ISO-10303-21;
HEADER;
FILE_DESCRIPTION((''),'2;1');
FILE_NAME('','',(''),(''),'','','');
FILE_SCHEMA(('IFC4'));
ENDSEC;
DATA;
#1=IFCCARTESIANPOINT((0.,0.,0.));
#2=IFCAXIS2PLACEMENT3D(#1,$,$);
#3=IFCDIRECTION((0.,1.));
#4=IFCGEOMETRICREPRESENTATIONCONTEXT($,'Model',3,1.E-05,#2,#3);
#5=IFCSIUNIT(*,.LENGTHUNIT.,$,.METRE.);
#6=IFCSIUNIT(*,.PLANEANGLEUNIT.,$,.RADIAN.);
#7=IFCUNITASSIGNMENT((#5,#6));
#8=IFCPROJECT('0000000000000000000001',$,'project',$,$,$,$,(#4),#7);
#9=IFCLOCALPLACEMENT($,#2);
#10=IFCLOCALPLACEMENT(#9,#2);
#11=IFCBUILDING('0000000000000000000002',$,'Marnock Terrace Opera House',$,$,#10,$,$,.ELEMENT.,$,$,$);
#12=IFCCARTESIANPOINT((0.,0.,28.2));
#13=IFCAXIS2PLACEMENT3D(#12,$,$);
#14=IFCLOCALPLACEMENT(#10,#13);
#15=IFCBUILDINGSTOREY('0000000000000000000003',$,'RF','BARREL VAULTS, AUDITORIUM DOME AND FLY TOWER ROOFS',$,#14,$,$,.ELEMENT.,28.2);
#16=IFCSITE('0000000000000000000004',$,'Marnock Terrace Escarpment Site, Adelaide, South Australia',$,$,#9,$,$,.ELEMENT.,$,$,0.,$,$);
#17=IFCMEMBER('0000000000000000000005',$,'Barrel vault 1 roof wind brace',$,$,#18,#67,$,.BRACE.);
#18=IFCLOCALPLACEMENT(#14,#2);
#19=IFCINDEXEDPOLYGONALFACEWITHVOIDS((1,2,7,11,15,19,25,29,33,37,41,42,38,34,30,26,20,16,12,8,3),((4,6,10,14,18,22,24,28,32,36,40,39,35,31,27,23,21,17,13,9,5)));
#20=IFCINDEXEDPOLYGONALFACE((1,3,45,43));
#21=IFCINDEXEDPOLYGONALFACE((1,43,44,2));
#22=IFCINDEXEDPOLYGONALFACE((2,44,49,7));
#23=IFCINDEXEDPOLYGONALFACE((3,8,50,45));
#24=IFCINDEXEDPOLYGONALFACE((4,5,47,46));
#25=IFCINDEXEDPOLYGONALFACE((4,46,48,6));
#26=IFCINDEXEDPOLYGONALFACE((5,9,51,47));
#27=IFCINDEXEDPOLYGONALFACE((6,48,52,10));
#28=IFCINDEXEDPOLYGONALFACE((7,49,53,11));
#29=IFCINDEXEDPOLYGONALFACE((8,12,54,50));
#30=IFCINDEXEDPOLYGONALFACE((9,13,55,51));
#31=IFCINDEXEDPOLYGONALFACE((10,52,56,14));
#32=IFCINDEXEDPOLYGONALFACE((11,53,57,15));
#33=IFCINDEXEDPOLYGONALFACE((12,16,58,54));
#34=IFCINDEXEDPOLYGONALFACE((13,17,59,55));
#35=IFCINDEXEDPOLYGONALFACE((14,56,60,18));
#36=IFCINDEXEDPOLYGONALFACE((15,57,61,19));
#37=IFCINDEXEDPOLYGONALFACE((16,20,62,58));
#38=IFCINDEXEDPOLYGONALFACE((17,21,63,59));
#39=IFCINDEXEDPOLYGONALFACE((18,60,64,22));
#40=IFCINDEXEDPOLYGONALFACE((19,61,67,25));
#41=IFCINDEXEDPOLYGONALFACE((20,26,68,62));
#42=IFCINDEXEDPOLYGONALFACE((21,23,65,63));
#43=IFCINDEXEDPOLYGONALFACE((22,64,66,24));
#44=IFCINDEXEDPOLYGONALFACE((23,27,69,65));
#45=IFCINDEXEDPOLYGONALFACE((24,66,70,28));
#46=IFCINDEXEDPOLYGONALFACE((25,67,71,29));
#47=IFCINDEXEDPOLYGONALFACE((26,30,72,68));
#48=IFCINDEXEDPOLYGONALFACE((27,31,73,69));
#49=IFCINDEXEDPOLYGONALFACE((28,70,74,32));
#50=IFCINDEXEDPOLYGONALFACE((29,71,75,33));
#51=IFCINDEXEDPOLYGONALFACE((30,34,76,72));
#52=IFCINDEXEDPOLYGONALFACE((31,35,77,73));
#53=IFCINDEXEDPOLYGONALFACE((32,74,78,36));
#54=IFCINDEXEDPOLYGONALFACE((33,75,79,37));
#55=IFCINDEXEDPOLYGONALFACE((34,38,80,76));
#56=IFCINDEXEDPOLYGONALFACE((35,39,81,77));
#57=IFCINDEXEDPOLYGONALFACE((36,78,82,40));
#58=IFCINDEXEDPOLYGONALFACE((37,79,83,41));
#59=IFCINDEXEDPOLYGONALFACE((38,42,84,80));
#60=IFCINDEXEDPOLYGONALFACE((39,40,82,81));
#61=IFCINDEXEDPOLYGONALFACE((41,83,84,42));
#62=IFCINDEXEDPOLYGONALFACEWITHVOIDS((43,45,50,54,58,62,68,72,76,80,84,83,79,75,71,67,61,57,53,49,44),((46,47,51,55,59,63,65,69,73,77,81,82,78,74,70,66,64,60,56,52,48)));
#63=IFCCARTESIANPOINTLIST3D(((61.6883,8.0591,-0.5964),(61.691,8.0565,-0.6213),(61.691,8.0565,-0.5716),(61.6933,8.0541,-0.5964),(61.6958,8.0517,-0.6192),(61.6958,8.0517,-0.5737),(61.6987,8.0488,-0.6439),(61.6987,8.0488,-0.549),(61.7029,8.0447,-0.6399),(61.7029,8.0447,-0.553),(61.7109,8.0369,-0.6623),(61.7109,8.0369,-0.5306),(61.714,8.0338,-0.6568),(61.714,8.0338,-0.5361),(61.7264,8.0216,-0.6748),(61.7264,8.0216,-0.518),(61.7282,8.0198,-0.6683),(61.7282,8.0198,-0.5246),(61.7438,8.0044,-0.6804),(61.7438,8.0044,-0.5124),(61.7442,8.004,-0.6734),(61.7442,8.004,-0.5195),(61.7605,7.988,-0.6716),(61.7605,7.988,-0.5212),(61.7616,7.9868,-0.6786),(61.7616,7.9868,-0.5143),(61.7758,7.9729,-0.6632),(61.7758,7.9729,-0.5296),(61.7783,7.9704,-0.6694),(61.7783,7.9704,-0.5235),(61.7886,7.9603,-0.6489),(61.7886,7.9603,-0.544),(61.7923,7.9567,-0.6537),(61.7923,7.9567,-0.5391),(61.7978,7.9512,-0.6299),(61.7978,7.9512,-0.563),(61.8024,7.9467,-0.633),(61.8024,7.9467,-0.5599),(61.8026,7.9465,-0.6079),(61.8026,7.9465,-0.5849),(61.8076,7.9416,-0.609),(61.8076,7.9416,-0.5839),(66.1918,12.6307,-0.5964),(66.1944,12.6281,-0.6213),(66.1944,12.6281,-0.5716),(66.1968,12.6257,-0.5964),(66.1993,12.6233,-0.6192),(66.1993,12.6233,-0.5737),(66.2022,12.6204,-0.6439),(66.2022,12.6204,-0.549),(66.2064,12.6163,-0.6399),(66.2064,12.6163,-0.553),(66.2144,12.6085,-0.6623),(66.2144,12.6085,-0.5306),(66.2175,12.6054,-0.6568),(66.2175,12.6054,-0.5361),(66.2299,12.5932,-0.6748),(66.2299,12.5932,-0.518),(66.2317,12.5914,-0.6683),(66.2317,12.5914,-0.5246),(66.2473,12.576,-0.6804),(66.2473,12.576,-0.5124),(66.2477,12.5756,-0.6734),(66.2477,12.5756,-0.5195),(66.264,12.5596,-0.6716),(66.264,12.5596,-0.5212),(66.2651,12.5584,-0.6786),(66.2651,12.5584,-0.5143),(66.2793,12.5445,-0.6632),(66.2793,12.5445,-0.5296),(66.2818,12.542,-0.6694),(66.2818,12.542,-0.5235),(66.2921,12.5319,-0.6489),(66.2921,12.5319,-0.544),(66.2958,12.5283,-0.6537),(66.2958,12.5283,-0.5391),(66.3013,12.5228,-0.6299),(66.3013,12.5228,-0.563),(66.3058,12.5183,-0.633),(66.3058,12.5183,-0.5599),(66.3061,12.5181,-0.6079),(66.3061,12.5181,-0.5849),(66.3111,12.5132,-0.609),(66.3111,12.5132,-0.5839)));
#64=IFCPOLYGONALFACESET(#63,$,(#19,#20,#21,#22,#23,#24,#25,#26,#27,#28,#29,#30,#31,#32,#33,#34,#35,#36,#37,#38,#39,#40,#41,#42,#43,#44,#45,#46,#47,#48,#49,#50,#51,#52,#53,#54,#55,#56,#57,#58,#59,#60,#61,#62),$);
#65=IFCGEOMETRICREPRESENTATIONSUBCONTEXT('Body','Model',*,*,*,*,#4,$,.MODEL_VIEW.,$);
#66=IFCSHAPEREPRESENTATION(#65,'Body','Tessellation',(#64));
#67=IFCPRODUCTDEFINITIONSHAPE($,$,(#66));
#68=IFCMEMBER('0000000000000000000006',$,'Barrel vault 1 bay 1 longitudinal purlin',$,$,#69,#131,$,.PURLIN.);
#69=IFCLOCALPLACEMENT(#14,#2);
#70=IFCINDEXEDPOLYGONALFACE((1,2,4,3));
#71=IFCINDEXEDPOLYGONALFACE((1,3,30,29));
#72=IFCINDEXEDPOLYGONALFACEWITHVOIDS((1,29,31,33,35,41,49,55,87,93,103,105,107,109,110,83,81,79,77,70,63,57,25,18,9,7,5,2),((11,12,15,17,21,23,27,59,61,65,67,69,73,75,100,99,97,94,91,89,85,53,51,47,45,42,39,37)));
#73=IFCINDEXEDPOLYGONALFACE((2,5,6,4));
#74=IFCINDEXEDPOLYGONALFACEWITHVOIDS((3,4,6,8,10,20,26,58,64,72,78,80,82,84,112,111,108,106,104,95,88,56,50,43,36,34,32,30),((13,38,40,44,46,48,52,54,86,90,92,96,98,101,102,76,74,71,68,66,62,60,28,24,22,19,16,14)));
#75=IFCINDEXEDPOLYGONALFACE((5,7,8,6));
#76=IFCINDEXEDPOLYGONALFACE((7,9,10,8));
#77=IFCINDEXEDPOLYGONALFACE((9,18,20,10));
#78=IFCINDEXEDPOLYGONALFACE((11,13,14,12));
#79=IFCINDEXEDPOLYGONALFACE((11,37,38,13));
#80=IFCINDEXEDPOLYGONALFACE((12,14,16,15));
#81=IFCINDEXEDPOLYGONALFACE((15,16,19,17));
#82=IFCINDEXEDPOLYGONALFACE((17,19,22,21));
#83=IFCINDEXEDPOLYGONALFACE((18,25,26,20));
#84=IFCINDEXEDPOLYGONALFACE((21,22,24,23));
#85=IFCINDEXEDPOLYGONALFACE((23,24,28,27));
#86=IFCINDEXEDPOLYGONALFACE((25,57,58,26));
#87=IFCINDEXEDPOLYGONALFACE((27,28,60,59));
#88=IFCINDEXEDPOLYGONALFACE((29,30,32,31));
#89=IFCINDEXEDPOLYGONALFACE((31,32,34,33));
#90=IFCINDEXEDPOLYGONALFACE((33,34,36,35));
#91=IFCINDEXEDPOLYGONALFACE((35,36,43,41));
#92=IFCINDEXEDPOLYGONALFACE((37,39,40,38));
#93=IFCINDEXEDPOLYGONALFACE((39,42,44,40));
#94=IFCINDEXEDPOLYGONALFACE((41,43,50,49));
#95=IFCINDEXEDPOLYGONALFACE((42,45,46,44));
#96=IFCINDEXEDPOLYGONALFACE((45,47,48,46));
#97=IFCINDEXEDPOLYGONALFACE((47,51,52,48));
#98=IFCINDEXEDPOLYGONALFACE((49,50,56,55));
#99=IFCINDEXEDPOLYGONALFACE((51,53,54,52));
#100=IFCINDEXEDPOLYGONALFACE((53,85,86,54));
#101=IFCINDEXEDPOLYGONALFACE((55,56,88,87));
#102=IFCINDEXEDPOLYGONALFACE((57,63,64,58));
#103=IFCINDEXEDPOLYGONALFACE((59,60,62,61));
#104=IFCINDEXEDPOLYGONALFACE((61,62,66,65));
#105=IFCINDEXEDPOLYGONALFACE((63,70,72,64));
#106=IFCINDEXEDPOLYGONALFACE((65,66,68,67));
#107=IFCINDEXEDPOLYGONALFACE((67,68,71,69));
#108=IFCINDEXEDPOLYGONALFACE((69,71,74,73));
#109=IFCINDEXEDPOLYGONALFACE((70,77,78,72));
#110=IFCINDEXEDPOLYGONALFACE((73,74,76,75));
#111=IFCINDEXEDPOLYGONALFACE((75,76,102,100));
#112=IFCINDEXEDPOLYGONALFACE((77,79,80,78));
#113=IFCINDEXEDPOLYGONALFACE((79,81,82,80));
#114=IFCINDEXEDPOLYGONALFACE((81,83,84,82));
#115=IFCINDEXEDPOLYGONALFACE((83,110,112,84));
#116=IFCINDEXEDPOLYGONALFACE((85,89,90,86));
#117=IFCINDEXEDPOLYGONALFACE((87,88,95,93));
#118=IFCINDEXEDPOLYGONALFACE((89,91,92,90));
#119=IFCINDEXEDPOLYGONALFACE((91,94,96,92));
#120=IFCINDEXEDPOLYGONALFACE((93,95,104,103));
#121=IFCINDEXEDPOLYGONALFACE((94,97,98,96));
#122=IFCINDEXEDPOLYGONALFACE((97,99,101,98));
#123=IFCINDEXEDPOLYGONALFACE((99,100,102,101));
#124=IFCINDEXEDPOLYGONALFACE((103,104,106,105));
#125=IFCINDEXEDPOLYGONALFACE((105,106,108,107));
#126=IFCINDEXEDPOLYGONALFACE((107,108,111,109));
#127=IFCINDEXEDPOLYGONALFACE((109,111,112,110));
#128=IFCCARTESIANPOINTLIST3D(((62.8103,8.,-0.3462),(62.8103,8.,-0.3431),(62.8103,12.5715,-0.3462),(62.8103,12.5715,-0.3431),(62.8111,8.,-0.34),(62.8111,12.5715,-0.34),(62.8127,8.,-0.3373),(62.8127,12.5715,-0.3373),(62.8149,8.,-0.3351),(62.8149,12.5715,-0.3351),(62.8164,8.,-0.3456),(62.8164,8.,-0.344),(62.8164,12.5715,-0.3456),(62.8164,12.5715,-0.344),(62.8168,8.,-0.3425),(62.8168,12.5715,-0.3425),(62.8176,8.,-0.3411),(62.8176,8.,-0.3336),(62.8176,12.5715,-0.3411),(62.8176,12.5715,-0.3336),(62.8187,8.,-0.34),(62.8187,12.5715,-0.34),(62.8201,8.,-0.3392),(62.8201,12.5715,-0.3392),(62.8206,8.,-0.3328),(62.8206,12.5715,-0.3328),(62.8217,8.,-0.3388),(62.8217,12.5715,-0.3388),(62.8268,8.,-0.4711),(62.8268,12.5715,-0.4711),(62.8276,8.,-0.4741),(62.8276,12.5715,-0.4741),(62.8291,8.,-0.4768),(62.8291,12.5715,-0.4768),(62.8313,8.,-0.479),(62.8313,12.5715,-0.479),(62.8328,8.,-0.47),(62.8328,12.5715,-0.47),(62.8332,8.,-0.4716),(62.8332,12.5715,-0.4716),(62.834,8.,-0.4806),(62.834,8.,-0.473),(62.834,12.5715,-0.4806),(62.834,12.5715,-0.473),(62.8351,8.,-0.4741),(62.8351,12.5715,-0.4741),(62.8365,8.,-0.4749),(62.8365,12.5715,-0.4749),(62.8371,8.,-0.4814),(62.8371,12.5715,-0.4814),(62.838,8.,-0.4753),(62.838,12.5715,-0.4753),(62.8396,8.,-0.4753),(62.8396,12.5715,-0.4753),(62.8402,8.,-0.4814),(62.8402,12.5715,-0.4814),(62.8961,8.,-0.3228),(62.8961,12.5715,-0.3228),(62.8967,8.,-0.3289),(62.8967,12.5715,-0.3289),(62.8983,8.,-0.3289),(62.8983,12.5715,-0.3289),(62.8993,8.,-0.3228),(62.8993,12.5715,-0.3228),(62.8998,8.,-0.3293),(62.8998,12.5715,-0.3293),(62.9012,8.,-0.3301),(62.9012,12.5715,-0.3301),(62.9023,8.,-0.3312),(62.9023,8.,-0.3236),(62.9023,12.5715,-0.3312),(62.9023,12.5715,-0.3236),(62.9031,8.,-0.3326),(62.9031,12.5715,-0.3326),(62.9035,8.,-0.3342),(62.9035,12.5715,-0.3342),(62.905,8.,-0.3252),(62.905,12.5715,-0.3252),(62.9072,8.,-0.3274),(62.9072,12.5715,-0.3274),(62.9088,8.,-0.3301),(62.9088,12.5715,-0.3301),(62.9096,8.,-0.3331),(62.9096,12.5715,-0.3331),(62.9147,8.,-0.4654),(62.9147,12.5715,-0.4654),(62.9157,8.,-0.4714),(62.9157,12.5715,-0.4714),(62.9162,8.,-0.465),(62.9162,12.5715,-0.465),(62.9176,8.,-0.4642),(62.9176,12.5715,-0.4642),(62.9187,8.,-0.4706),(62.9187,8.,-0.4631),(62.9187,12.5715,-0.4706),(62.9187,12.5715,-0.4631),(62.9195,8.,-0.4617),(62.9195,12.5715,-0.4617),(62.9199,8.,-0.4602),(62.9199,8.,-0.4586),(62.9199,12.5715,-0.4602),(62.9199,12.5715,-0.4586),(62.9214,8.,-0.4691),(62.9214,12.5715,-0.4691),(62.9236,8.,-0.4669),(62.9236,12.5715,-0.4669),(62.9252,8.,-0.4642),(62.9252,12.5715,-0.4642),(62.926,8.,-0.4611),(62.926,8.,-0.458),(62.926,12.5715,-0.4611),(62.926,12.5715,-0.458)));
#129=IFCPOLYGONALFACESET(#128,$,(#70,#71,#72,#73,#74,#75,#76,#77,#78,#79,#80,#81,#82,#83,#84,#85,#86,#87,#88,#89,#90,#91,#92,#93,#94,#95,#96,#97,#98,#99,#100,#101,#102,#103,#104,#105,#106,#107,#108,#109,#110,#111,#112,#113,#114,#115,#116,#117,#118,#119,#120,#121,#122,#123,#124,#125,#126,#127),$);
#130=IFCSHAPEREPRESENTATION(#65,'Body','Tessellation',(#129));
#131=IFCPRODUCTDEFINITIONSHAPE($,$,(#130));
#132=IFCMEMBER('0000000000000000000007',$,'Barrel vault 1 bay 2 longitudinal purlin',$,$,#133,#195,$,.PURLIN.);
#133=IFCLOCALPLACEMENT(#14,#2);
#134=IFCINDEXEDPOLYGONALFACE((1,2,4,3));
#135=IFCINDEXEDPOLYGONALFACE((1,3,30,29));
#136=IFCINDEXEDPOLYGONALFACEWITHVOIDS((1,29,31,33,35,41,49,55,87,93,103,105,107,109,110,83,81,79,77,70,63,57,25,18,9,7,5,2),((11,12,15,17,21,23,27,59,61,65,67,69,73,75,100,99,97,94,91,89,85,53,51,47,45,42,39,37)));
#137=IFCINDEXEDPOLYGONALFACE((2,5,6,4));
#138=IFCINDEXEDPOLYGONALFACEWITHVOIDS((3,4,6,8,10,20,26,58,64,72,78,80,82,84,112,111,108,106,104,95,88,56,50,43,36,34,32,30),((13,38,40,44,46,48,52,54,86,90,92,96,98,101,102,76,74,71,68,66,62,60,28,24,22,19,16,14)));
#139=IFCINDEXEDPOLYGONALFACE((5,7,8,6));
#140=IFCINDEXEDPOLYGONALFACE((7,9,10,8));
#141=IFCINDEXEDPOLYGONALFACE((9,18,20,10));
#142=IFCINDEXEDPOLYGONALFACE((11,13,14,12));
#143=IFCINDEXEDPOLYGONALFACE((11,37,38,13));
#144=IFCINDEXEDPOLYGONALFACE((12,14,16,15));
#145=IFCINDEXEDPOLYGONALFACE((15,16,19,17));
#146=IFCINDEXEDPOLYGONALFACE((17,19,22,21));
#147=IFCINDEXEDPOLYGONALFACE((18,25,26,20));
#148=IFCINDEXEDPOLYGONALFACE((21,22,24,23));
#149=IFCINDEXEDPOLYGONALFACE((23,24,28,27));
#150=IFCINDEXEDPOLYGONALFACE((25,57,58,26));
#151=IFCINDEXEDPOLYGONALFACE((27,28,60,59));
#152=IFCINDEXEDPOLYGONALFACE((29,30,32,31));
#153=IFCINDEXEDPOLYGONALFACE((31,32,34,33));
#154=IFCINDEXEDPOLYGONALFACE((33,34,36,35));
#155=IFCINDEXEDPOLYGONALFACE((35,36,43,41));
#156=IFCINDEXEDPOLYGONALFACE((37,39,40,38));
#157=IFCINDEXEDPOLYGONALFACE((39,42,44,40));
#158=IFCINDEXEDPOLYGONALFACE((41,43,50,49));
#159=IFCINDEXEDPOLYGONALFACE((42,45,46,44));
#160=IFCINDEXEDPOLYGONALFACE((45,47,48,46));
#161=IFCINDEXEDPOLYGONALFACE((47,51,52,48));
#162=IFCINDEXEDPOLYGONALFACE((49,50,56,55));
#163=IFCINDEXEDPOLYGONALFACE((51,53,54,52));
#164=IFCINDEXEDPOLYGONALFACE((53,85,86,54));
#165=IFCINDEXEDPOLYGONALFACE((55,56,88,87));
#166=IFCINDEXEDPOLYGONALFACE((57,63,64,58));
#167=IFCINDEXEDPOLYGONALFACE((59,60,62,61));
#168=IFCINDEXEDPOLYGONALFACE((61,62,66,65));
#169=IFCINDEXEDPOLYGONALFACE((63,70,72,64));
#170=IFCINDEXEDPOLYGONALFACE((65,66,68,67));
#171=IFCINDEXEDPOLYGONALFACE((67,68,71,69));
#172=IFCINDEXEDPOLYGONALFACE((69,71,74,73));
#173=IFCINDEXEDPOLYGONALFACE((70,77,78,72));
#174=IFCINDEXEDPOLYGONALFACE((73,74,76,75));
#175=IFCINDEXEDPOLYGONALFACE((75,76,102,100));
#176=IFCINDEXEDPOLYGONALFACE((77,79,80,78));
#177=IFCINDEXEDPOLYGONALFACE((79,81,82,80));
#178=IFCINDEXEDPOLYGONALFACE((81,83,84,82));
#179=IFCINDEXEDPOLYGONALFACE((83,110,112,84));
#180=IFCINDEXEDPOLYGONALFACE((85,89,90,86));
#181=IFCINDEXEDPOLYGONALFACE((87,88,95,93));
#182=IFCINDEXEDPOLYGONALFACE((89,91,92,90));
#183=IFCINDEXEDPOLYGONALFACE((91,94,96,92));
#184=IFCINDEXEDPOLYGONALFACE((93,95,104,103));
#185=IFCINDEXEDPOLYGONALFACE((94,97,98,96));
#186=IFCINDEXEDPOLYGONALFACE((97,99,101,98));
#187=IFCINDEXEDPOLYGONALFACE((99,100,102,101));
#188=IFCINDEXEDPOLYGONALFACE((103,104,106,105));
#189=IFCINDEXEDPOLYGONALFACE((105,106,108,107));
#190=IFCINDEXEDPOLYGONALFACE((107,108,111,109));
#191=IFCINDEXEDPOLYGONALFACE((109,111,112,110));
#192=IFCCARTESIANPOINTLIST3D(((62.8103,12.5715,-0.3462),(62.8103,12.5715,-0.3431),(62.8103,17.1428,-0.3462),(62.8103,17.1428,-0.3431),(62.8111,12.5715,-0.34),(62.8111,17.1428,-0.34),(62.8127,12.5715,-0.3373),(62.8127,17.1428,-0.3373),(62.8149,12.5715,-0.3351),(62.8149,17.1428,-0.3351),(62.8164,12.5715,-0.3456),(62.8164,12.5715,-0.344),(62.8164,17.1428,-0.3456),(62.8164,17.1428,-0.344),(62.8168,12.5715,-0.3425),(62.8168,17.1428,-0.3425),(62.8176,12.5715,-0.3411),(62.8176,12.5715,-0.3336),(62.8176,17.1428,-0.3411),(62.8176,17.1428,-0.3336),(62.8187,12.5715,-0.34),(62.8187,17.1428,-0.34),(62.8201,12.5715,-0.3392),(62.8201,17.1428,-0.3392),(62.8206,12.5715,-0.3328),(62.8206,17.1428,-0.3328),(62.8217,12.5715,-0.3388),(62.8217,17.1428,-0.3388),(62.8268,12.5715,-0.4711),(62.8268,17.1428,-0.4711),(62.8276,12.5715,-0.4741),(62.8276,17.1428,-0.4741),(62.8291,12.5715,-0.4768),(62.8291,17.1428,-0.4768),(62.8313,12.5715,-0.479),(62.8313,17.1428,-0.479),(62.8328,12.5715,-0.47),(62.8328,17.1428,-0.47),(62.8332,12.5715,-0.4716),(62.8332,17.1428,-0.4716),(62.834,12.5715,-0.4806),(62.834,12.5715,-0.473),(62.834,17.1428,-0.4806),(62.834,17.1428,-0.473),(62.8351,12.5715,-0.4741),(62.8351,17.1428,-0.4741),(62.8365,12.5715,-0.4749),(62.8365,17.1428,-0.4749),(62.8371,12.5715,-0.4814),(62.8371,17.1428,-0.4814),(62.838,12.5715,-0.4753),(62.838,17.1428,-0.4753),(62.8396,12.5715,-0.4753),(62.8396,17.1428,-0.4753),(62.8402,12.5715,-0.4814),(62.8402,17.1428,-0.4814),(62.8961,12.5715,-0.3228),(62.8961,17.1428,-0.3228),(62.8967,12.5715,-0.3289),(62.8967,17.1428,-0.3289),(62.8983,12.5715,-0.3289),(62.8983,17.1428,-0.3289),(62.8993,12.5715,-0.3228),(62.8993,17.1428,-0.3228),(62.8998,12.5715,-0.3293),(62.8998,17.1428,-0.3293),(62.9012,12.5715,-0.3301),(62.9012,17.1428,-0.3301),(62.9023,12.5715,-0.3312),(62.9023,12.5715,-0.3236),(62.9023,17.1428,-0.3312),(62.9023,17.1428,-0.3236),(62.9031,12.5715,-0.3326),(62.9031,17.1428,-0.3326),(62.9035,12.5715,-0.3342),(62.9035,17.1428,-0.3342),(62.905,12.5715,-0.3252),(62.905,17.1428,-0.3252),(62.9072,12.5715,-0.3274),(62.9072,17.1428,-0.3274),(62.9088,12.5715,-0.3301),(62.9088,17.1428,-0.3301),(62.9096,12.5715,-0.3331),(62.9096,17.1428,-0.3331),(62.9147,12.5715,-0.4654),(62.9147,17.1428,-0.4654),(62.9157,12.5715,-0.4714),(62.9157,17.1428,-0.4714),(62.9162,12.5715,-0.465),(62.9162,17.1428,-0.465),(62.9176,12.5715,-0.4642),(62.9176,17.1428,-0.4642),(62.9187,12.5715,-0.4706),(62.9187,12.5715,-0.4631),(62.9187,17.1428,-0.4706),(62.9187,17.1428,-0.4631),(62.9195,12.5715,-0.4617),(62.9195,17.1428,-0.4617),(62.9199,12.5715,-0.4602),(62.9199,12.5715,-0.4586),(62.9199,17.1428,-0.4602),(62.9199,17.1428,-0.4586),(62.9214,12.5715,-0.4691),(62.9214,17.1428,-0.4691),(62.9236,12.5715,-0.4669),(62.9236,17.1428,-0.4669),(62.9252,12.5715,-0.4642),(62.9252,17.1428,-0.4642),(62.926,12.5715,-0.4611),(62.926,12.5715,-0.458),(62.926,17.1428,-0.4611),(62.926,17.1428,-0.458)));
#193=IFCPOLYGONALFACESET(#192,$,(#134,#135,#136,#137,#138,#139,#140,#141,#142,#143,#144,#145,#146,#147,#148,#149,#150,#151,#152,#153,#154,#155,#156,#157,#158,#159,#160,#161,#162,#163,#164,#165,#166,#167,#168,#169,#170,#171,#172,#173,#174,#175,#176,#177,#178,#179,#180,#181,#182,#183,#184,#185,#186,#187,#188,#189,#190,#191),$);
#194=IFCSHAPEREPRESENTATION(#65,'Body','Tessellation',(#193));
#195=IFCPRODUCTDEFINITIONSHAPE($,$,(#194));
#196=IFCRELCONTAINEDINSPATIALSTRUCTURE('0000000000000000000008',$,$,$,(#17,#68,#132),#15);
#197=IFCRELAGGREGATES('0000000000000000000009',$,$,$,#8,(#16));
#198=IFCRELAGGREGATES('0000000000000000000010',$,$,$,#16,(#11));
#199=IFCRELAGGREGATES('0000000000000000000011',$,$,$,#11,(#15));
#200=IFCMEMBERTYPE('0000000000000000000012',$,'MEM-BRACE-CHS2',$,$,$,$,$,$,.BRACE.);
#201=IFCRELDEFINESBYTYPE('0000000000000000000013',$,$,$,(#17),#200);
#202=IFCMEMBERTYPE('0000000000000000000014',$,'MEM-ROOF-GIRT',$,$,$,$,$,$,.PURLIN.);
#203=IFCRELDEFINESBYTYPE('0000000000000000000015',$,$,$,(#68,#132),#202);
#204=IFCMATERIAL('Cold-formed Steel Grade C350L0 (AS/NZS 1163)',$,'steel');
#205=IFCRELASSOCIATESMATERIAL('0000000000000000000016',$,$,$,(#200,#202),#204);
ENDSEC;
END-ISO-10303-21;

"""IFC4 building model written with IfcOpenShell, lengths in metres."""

from ifc_helpers import new_model, si_unit, direction, frame, origin, origin_2d, place, context, subcontext, project, spatial, hollow_rectangle, hollow_circle, extrude, material, material_profile, profile_set, type_object, element, save


model = new_model("IFC4")

# Units and contexts
model_context = context("Model", 3, precision=1e-05, world=origin(), true_north=direction((0.0, 1.0)))
body_context = subcontext(model_context, "Body", "Model", "MODEL_VIEW")
ifc_project = project(units=[si_unit("LENGTHUNIT", "METRE"), si_unit("PLANEANGLEUNIT", "RADIAN")], contexts=[model_context])

# Site, building, storey
site_placement = place(None, origin())
site = spatial("IfcSite", under=ifc_project, at=site_placement, Name="Marnock Terrace Escarpment Site, Adelaide, South Australia", CompositionType="ELEMENT", RefElevation=0.0)
building_placement = place(site_placement, origin())
building = spatial("IfcBuilding", under=site, at=building_placement, Name="Marnock Terrace Opera House", CompositionType="ELEMENT")
storey_placement = place(building_placement, frame((0.0, 0.0, 28.2)))
storey = spatial("IfcBuildingStorey", under=building, at=storey_placement, Name="RF", Description="BARREL VAULTS, AUDITORIUM DOME AND FLY TOWER ROOFS", CompositionType="ELEMENT", Elevation=28.2)

# Members
ifc_material_1 = material(Name="Cold-formed Steel Grade C350L0 (AS/NZS 1163)", Category="steel")
ifc_material_profile_1 = material_profile(ifc_material_1, hollow_circle(Radius=0.0842, WallThickness=0.0071, at=origin_2d()))
ifc_profile_set_1 = profile_set([ifc_material_profile_1], Name="Cold-formed Steel Grade C350L0 (AS/NZS 1163)")
member_type_1 = type_object("IfcMemberType", Name="MEM-BRACE-CHS2", PredefinedType="BRACE", material=ifc_profile_set_1)
member_1_placement = place(storey_placement, frame((61.7483, 8.0, -0.5964), z_axis=(0.70178, 0.712394, 0.0), x_axis=(-0.712394, 0.70178, 0.0)))
element("IfcMember", 1, at=member_1_placement, inside=storey, type_object=member_type_1, Name="Barrel vault 1 roof wind brace", PredefinedType="BRACE", context=body_context, shape_type="SweptSolid", body=[
    extrude(hollow_circle(Radius=0.0842, WallThickness=0.0071, at=origin_2d()), origin(), (0.0, 0.0, 1.0), 6.4172),
])
ifc_material_profile_2 = material_profile(ifc_material_1, hollow_rectangle(XDim=0.1001, YDim=0.1499, WallThickness=0.0061, InnerFilletRadius=0.0061, OuterFilletRadius=0.012, at=origin_2d()))
ifc_profile_set_2 = profile_set([ifc_material_profile_2], Name="Cold-formed Steel Grade C350L0 (AS/NZS 1163)")
member_type_2 = type_object("IfcMemberType", Name="MEM-ROOF-GIRT", PredefinedType="PURLIN", material=ifc_profile_set_2)
member_2_placement = place(storey_placement, frame((62.8682, 8.0, -0.4021), z_axis=(0.0, 1.0, 0.0), x_axis=(-0.991445, 0.0, -0.130526)))
element("IfcMember", 2, at=member_2_placement, inside=storey, type_object=member_type_2, Name="Barrel vault 1 bay 1 longitudinal purlin", PredefinedType="PURLIN", context=body_context, shape_type="SweptSolid", body=[
    extrude(hollow_rectangle(XDim=0.1001, YDim=0.1499, WallThickness=0.0061, InnerFilletRadius=0.0061, OuterFilletRadius=0.012, at=origin_2d()), origin(), (0.0, 0.0, 1.0), 4.5715),
])
member_3_placement = place(storey_placement, frame((62.8682, 12.5715, -0.4021), z_axis=(0.0, 1.0, 0.0), x_axis=(-0.991445, 0.0, -0.130526)))
element("IfcMember", 3, at=member_3_placement, inside=storey, type_object=member_type_2, Name="Barrel vault 1 bay 2 longitudinal purlin", PredefinedType="PURLIN", context=body_context, shape_type="SweptSolid", body=[
    extrude(hollow_rectangle(XDim=0.1001, YDim=0.1499, WallThickness=0.0061, InnerFilletRadius=0.0061, OuterFilletRadius=0.012, at=origin_2d()), origin(), (0.0, 0.0, 1.0), 4.5713),
])

save(model, "model.ifc")
